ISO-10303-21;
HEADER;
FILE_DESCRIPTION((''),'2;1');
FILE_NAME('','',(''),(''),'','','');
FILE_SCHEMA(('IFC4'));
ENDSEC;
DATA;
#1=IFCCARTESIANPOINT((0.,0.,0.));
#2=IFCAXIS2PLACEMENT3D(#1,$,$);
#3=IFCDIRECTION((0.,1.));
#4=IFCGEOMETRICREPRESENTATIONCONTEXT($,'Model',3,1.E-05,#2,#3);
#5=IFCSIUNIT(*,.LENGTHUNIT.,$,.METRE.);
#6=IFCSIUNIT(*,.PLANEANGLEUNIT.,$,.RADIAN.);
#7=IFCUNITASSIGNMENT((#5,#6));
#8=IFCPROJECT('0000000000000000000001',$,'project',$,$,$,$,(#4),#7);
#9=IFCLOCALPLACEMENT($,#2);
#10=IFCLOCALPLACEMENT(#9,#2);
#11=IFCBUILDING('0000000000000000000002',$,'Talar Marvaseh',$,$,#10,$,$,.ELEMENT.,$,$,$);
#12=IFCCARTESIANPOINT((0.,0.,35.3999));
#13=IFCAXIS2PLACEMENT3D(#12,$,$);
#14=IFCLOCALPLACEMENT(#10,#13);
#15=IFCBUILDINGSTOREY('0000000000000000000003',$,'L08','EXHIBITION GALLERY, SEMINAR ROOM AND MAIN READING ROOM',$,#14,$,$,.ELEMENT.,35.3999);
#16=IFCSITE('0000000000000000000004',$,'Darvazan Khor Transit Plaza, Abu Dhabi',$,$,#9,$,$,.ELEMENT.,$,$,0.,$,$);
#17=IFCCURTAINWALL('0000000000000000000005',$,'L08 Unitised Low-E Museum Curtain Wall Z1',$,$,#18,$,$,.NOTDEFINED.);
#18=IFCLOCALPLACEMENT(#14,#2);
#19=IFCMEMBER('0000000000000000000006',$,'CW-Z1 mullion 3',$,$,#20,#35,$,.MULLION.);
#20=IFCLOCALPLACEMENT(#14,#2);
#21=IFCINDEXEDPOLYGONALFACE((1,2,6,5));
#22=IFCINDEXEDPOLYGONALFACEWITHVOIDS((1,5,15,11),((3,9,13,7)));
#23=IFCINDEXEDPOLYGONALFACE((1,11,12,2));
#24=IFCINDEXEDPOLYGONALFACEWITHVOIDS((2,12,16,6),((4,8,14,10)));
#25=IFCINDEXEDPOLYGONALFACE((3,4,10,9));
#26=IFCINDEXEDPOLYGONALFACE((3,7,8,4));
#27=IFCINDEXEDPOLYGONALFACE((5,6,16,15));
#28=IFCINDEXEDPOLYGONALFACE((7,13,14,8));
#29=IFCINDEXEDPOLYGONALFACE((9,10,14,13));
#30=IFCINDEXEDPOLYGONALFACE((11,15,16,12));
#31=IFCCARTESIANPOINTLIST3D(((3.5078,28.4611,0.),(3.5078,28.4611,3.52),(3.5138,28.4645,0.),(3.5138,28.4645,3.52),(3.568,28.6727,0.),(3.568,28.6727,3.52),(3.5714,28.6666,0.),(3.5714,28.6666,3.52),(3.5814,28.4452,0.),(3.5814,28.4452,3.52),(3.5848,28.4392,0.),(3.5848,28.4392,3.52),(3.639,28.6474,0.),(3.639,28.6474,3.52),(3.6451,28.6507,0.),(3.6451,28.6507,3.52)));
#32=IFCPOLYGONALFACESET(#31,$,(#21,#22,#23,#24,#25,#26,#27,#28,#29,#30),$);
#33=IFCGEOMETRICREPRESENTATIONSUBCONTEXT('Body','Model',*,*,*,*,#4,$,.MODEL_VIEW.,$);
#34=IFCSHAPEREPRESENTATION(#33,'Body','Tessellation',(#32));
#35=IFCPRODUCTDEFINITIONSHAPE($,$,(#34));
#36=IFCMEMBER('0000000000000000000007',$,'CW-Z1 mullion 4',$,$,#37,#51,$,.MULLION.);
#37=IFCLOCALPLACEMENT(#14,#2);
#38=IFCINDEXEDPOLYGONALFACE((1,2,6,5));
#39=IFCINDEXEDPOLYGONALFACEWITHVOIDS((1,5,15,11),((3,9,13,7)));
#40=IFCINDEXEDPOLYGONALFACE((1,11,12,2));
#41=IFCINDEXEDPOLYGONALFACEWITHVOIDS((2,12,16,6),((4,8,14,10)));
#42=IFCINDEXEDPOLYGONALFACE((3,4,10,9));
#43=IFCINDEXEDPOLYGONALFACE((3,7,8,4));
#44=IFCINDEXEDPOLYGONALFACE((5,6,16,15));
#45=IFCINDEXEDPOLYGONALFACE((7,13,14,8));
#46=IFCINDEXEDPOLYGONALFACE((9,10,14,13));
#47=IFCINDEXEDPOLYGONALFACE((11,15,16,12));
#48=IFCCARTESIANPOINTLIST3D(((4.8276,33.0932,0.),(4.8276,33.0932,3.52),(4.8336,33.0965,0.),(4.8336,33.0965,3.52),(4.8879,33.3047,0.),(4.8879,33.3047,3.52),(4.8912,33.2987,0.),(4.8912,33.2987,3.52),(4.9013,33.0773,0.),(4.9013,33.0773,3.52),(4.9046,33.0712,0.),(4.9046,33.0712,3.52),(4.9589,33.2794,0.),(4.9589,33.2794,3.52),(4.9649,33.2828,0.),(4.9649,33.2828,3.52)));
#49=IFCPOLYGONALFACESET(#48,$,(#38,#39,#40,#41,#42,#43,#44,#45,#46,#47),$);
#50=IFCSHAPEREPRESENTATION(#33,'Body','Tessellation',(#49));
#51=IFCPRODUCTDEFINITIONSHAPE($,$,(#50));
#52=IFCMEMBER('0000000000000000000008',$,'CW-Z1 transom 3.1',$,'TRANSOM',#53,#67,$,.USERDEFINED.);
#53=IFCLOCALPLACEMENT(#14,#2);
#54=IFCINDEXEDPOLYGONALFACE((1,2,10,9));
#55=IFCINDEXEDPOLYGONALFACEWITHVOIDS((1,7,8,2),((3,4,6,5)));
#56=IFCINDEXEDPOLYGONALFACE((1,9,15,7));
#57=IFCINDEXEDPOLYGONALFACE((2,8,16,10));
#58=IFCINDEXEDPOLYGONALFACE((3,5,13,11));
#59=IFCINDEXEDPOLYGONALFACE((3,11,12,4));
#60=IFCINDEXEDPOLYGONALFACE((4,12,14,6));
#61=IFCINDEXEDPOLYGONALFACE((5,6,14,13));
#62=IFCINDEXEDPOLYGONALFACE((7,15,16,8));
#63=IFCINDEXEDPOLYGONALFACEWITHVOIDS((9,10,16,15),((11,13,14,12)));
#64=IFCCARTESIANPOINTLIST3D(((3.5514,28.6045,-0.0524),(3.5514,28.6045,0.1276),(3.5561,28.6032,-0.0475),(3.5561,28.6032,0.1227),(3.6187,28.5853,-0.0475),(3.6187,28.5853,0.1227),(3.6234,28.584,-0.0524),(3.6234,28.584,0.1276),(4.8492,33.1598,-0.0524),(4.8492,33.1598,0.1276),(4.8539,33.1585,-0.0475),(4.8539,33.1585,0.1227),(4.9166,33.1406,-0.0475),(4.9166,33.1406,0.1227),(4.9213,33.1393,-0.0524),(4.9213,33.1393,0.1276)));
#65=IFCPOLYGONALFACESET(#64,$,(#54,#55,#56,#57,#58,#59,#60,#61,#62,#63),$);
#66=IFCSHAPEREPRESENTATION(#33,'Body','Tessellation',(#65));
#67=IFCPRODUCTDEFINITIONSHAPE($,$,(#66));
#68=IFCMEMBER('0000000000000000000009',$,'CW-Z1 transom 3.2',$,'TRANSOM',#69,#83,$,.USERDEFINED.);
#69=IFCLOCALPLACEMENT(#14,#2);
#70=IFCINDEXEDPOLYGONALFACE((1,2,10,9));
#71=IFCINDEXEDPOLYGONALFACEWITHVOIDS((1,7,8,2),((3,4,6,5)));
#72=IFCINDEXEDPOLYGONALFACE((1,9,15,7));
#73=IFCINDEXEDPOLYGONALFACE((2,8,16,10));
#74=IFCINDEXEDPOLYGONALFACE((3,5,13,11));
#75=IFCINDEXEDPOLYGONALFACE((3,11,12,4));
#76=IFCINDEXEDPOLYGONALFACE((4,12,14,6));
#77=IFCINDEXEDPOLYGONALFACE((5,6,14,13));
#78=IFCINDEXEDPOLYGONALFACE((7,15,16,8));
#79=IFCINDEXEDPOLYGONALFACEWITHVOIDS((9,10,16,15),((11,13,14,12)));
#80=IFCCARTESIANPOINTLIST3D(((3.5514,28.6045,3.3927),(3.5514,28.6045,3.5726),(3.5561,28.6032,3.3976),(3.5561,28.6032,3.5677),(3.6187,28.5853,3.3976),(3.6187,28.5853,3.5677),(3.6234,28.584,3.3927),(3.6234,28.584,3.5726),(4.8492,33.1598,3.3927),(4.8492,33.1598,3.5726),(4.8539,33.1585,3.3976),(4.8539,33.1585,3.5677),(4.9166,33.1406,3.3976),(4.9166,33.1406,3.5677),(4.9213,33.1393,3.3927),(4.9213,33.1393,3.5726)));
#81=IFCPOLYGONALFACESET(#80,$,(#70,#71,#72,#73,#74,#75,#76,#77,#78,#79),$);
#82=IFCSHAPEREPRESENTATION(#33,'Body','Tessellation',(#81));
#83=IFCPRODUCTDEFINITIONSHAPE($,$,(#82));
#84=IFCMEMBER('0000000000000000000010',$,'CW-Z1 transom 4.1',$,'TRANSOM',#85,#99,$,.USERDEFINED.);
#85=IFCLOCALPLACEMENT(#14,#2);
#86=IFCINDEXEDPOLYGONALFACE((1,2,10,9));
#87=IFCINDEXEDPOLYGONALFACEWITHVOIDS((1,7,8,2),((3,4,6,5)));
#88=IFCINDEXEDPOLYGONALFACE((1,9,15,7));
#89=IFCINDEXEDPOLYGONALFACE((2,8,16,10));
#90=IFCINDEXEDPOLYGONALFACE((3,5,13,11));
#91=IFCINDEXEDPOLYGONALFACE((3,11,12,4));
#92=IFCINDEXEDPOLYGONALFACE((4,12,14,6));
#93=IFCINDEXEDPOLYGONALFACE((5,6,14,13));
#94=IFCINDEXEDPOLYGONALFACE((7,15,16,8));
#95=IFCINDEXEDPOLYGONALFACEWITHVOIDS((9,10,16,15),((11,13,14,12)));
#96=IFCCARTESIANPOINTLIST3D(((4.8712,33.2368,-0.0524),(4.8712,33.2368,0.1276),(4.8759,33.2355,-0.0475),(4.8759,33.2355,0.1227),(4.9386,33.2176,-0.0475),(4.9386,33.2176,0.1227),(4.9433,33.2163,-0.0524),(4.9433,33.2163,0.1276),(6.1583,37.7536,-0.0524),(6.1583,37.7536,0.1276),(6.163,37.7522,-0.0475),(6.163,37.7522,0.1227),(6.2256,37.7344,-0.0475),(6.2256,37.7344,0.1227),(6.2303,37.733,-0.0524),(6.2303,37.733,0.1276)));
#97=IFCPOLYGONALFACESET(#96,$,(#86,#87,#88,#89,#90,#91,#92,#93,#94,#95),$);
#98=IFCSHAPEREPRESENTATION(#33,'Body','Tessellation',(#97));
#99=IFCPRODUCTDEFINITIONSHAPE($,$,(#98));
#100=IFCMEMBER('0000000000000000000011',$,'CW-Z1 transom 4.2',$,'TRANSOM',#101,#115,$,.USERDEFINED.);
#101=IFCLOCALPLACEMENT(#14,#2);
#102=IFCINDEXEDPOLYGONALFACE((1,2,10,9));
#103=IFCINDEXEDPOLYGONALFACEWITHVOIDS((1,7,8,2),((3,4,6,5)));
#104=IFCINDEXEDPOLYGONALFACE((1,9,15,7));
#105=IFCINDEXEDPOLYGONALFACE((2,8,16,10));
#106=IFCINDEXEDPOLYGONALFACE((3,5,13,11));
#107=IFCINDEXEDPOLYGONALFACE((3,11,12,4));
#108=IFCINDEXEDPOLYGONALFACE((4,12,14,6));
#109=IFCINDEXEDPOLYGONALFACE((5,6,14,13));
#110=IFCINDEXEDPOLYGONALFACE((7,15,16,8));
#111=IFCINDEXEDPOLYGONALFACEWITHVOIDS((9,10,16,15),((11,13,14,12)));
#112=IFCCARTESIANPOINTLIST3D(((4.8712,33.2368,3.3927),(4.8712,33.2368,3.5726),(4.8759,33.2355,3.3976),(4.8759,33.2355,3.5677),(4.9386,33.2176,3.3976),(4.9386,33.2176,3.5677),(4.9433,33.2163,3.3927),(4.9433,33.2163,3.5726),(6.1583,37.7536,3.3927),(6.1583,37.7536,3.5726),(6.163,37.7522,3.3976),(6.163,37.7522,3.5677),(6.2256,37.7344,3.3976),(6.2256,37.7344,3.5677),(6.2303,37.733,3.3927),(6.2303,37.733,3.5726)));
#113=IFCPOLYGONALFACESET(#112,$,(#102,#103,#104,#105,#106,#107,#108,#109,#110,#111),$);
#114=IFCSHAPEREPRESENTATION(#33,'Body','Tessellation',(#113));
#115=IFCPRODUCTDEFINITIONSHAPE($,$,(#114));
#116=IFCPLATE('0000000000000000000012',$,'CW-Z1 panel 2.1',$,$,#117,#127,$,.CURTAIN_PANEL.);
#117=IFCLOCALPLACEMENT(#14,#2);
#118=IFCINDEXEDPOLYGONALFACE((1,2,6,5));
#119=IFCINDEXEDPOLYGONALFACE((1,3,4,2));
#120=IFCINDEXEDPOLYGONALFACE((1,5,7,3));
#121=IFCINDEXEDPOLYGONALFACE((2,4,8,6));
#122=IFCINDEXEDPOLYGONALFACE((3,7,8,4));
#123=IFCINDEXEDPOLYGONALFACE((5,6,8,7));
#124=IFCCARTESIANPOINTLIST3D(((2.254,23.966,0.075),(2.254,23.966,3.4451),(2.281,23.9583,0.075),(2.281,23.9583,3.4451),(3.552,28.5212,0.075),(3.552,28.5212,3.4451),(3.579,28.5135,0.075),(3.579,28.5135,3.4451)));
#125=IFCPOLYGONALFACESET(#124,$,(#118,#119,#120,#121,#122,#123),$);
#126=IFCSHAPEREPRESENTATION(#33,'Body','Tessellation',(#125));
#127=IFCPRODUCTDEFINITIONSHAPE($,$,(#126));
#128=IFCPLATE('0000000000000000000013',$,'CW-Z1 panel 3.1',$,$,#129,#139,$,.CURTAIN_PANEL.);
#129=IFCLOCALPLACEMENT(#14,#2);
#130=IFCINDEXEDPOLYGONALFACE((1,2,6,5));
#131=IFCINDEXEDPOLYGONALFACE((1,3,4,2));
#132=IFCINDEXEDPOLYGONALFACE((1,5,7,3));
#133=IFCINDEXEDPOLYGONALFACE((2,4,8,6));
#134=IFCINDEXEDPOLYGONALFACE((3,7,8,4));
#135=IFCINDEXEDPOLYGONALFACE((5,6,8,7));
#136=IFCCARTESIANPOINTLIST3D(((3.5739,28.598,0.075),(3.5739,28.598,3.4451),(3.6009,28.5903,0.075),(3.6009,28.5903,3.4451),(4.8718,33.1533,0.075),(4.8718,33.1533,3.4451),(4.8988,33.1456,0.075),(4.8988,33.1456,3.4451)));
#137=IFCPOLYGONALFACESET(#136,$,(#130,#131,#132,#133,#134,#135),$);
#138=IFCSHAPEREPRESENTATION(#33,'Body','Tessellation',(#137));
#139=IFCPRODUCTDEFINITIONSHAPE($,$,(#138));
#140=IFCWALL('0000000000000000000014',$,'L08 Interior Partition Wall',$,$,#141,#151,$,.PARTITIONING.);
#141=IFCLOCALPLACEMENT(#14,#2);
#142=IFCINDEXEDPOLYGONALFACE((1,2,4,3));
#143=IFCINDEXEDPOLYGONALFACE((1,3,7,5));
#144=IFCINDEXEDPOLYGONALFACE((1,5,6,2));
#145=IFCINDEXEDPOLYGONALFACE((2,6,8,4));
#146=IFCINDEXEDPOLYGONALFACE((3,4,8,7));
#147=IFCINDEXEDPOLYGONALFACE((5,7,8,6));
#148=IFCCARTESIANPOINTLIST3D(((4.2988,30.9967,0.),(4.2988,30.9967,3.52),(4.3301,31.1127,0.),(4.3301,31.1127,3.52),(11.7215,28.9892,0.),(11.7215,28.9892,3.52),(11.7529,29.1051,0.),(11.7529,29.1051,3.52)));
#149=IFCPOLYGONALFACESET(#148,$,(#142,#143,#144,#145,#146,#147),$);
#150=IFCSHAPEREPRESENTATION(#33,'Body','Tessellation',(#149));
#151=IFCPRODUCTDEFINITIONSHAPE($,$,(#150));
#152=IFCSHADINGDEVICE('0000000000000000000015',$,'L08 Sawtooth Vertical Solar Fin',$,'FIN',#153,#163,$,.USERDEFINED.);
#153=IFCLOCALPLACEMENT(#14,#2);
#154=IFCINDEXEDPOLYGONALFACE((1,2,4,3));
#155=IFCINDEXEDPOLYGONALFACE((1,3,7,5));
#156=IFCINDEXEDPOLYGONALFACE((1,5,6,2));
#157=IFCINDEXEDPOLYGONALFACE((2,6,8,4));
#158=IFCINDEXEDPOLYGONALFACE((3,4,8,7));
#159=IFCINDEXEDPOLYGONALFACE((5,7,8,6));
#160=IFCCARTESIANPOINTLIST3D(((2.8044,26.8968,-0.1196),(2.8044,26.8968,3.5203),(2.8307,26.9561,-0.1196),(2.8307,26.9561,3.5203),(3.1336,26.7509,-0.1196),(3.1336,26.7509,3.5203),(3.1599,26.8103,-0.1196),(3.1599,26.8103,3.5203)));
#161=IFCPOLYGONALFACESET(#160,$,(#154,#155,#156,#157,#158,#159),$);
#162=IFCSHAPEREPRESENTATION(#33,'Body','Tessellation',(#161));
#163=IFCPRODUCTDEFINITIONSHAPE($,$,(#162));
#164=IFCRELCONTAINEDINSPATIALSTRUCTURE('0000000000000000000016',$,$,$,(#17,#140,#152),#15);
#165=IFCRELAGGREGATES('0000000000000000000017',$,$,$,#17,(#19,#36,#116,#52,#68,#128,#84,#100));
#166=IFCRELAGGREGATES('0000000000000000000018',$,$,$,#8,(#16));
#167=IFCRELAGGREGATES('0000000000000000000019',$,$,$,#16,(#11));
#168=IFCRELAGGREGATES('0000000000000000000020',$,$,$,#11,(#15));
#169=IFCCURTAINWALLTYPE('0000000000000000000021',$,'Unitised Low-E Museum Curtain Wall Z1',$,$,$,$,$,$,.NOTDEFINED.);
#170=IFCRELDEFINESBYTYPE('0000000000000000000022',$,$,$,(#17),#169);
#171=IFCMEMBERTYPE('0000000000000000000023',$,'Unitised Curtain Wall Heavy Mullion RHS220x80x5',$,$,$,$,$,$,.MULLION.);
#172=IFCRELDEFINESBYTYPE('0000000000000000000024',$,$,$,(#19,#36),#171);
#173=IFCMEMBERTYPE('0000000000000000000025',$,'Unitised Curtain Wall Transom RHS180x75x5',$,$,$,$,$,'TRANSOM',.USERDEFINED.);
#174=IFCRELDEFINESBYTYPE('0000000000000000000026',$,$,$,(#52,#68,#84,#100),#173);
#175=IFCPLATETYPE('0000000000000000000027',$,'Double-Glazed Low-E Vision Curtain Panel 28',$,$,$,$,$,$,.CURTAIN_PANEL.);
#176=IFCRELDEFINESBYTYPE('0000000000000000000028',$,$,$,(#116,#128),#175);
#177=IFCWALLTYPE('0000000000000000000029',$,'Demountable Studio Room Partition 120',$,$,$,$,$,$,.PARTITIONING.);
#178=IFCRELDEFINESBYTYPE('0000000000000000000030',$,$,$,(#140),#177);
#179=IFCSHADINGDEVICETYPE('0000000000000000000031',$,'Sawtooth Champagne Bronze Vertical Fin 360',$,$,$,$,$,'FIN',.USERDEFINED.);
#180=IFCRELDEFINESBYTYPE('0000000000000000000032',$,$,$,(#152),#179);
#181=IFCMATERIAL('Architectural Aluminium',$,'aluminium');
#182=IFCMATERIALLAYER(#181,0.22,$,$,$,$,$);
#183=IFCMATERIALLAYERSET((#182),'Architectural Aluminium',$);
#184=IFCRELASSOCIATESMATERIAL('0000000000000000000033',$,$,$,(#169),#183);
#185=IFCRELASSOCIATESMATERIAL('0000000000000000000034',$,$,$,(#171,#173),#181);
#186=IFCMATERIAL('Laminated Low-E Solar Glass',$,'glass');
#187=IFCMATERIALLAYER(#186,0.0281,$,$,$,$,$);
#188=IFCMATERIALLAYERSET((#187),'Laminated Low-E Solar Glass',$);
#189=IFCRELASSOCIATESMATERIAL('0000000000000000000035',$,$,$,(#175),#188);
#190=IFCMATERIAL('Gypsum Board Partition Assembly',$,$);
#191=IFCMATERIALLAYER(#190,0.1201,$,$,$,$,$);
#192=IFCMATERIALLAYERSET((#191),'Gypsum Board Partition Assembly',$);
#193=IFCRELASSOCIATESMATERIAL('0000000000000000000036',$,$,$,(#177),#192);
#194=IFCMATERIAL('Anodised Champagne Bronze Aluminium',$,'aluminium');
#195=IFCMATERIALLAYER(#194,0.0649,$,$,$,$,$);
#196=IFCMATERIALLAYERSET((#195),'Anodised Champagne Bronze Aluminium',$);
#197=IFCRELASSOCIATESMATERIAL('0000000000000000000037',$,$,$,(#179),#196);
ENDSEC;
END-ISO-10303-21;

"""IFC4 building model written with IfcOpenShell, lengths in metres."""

from ifc_helpers import new_model, si_unit, direction, frame, frame_2d, origin, origin_2d, place, context, subcontext, project, spatial, rectangle, hollow_rectangle, extrude, source, transform, mapped, material, layer, layer_set, material_profile, profile_set, type_object, type_shapes, element, aggregate, save


model = new_model("IFC4")

# Units and contexts
model_context = context("Model", 3, precision=1e-05, world=origin(), true_north=direction((0.0, 1.0)))
body_context = subcontext(model_context, "Body", "Model", "MODEL_VIEW")
ifc_project = project(units=[si_unit("LENGTHUNIT", "METRE"), si_unit("PLANEANGLEUNIT", "RADIAN")], contexts=[model_context])

# Site, building, storey
site_placement = place(None, origin())
site = spatial("IfcSite", under=ifc_project, at=site_placement, Name="Darvazan Khor Transit Plaza, Abu Dhabi", CompositionType="ELEMENT", RefElevation=0.0)
building_placement = place(site_placement, origin())
building = spatial("IfcBuilding", under=site, at=building_placement, Name="Talar Marvaseh", CompositionType="ELEMENT")
storey_placement = place(building_placement, frame((0.0, 0.0, 35.3999)))
storey = spatial("IfcBuildingStorey", under=building, at=storey_placement, Name="L08", Description="EXHIBITION GALLERY, SEMINAR ROOM AND MAIN READING ROOM", CompositionType="ELEMENT", Elevation=35.3999)

# Curtain wall, members, plates
ifc_material_1 = material(Name="Architectural Aluminium", Category="aluminium")
ifc_layer_1 = layer(ifc_material_1, 0.22)
ifc_layer_set_1 = layer_set([ifc_layer_1], Name="Architectural Aluminium")
curtain_wall_type = type_object("IfcCurtainWallType", Name="Unitised Low-E Museum Curtain Wall Z1", PredefinedType="NOTDEFINED", material=ifc_layer_set_1)
curtain_wall_placement = place(storey_placement, origin())
curtain_wall = element("IfcCurtainWall", 1, at=curtain_wall_placement, inside=storey, type_object=curtain_wall_type, Name="L08 Unitised Low-E Museum Curtain Wall Z1", PredefinedType="NOTDEFINED")
ifc_material_profile_1 = material_profile(ifc_material_1, hollow_rectangle(XDim=0.0801, YDim=0.22, WallThickness=0.0049, at=origin_2d()), Name="RHS220x80x5")
ifc_profile_set_1 = profile_set([ifc_material_profile_1], Name="Architectural Aluminium")
member_type_1 = type_object("IfcMemberType", Name="Unitised Curtain Wall Heavy Mullion RHS220x80x5", PredefinedType="MULLION", material=ifc_profile_set_1)
shared_shape_1 = source(origin(), body_context, "Body", "SweptSolid", [
    extrude(hollow_rectangle(XDim=0.0801, YDim=0.22, WallThickness=0.0049, at=origin_2d()), origin(), (0.0, 0.0, 1.0), 3.52),
])
type_shapes(member_type_1, [shared_shape_1])
member_1_placement = place(storey_placement, frame((3.5764, 28.5559, 0.0), z_axis=(0.0, 0.0, 1.0), x_axis=(-0.961722, 0.274025, 0.0)))
member_1 = element("IfcMember", 2, at=member_1_placement, type_object=member_type_1, Name="CW-Z1 mullion 3", PredefinedType="MULLION", context=body_context, shape_type="MappedRepresentation", body=[
    mapped(shared_shape_1, transform((0.0, 0.0, 0.0), x_axis=(1.0, 0.0, 0.0), y_axis=(0.0, 1.0, 0.0), z_axis=(0.0, 0.0, 1.0), scale=1.0)),
])
member_2_placement = place(storey_placement, frame((4.8962, 33.188, 0.0), z_axis=(0.0, 0.0, 1.0), x_axis=(-0.961722, 0.274025, 0.0)))
member_2 = element("IfcMember", 3, at=member_2_placement, type_object=member_type_1, Name="CW-Z1 mullion 4", PredefinedType="MULLION", context=body_context, shape_type="MappedRepresentation", body=[
    mapped(shared_shape_1, transform((0.0, 0.0, 0.0), x_axis=(1.0, 0.0, 0.0), y_axis=(0.0, 1.0, 0.0), z_axis=(0.0, 0.0, 1.0), scale=1.0)),
])
ifc_material_profile_2 = material_profile(ifc_material_1, hollow_rectangle(XDim=0.075, YDim=0.1799, WallThickness=0.0049, at=origin_2d()), Name="RHS180x75x5")
ifc_profile_set_2 = profile_set([ifc_material_profile_2], Name="Architectural Aluminium")
member_type_2 = type_object("IfcMemberType", Name="Unitised Curtain Wall Transom RHS180x75x5", ElementType="TRANSOM", PredefinedType="USERDEFINED", material=ifc_profile_set_2)
shared_shape_2 = source(origin(), body_context, "Body", "SweptSolid", [
    extrude(hollow_rectangle(XDim=0.075, YDim=0.1799, WallThickness=0.0049, at=origin_2d()), origin(), (0.0, 0.0, 1.0), 4.7366),
])
member_3_placement = place(storey_placement, frame((3.5874, 28.5942, 0.0376), z_axis=(0.273999, 0.96173, 0.0), x_axis=(-0.96173, 0.273999, 0.0)))
member_3 = element("IfcMember", 4, at=member_3_placement, type_object=member_type_2, Name="CW-Z1 transom 3.1", ObjectType="TRANSOM", PredefinedType="USERDEFINED", context=body_context, shape_type="MappedRepresentation", body=[
    mapped(shared_shape_2, transform((0.0, 0.0, 0.0), x_axis=(1.0, 0.0, 0.0), y_axis=(0.0, 1.0, 0.0), z_axis=(0.0, 0.0, 1.0), scale=1.0)),
])
member_4_placement = place(storey_placement, frame((3.5874, 28.5942, 3.4827), z_axis=(0.273999, 0.96173, 0.0), x_axis=(-0.96173, 0.273999, 0.0)))
member_4 = element("IfcMember", 5, at=member_4_placement, type_object=member_type_2, Name="CW-Z1 transom 3.2", ObjectType="TRANSOM", PredefinedType="USERDEFINED", context=body_context, shape_type="MappedRepresentation", body=[
    mapped(shared_shape_2, transform((0.0, 0.0, 0.0), x_axis=(1.0, 0.0, 0.0), y_axis=(0.0, 1.0, 0.0), z_axis=(0.0, 0.0, 1.0), scale=1.0)),
])
shared_shape_3 = source(origin(), body_context, "Body", "SweptSolid", [
    extrude(hollow_rectangle(XDim=0.075, YDim=0.1799, WallThickness=0.0049, at=origin_2d()), origin(), (0.0, 0.0, 1.0), 4.6965),
])
type_shapes(member_type_2, [shared_shape_2, shared_shape_3])
member_5_placement = place(storey_placement, frame((4.9072, 33.2266, 0.0376), z_axis=(0.274048, 0.961716, 0.0), x_axis=(-0.961716, 0.274048, 0.0)))
member_5 = element("IfcMember", 6, at=member_5_placement, type_object=member_type_2, Name="CW-Z1 transom 4.1", ObjectType="TRANSOM", PredefinedType="USERDEFINED", context=body_context, shape_type="MappedRepresentation", body=[
    mapped(shared_shape_3, transform((0.0, 0.0, 0.0), x_axis=(1.0, 0.0, 0.0), y_axis=(0.0, 1.0, 0.0), z_axis=(0.0, 0.0, 1.0), scale=1.0)),
])
member_6_placement = place(storey_placement, frame((4.9072, 33.2266, 3.4827), z_axis=(0.274048, 0.961716, 0.0), x_axis=(-0.961716, 0.274048, 0.0)))
member_6 = element("IfcMember", 7, at=member_6_placement, type_object=member_type_2, Name="CW-Z1 transom 4.2", ObjectType="TRANSOM", PredefinedType="USERDEFINED", context=body_context, shape_type="MappedRepresentation", body=[
    mapped(shared_shape_3, transform((0.0, 0.0, 0.0), x_axis=(1.0, 0.0, 0.0), y_axis=(0.0, 1.0, 0.0), z_axis=(0.0, 0.0, 1.0), scale=1.0)),
])
ifc_material_2 = material(Name="Laminated Low-E Solar Glass", Category="glass")
ifc_layer_2 = layer(ifc_material_2, 0.0281)
ifc_layer_set_2 = layer_set([ifc_layer_2], Name="Laminated Low-E Solar Glass")
plate_type = type_object("IfcPlateType", Name="Double-Glazed Low-E Vision Curtain Panel 28", PredefinedType="CURTAIN_PANEL", material=ifc_layer_set_2)
shared_shape_4 = source(origin(), body_context, "Body", "SweptSolid", [
    extrude(rectangle(XDim=4.7366, YDim=0.0281, at=origin_2d()), origin(), (0.0, 0.0, 1.0), 3.3701),
])
type_shapes(plate_type, [shared_shape_4])
plate_1_placement = place(storey_placement, frame((2.9165, 26.2397, 0.075), z_axis=(0.0, 0.0, 1.0), x_axis=(0.274025, 0.961722, 0.0)))
plate_1 = element("IfcPlate", 8, at=plate_1_placement, type_object=plate_type, Name="CW-Z1 panel 2.1", PredefinedType="CURTAIN_PANEL", context=body_context, shape_type="MappedRepresentation", body=[
    mapped(shared_shape_4, transform((0.0, 0.0, 0.0), x_axis=(1.0, 0.0, 0.0), y_axis=(0.0, 1.0, 0.0), z_axis=(0.0, 0.0, 1.0), scale=1.0)),
])
plate_2_placement = place(storey_placement, frame((4.2363, 30.8718, 0.075), z_axis=(0.0, 0.0, 1.0), x_axis=(0.274025, 0.961722, 0.0)))
plate_2 = element("IfcPlate", 9, at=plate_2_placement, type_object=plate_type, Name="CW-Z1 panel 3.1", PredefinedType="CURTAIN_PANEL", context=body_context, shape_type="MappedRepresentation", body=[
    mapped(shared_shape_4, transform((0.0, 0.0, 0.0), x_axis=(1.0, 0.0, 0.0), y_axis=(0.0, 1.0, 0.0), z_axis=(0.0, 0.0, 1.0), scale=1.0)),
])
aggregate(curtain_wall, [member_1, member_2, plate_1, member_3, member_4, plate_2, member_5, member_6])

# Wall
ifc_material_3 = material(Name="Gypsum Board Partition Assembly")
ifc_layer_3 = layer(ifc_material_3, 0.1201)
ifc_layer_set_3 = layer_set([ifc_layer_3], Name="Gypsum Board Partition Assembly")
wall_type = type_object("IfcWallType", Name="Demountable Studio Room Partition 120", PredefinedType="PARTITIONING", material=ifc_layer_set_3)
wall_placement = place(storey_placement, frame((4.3145, 31.0547, 0.0), z_axis=(0.0, 0.0, 1.0), x_axis=(0.965318, -0.261078, 0.0)))
element("IfcWall", 10, at=wall_placement, inside=storey, type_object=wall_type, Name="L08 Interior Partition Wall", PredefinedType="PARTITIONING", context=body_context, shape_type="SweptSolid", body=[
    extrude(rectangle(XDim=7.6895, YDim=0.1201, at=frame_2d((3.8447, 0.0))), origin(), (0.0, 0.0, 1.0), 3.52),
])

# Shading device
ifc_material_4 = material(Name="Anodised Champagne Bronze Aluminium", Category="aluminium")
ifc_layer_4 = layer(ifc_material_4, 0.0649)
ifc_layer_set_4 = layer_set([ifc_layer_4], Name="Anodised Champagne Bronze Aluminium")
shading_device_type_1 = type_object("IfcShadingDeviceType", Name="Sawtooth Champagne Bronze Vertical Fin 360", ElementType="FIN", PredefinedType="USERDEFINED", material=ifc_layer_set_4)
shared_shape_5 = source(origin(), body_context, "Body", "SweptSolid", [
    extrude(rectangle(XDim=0.3601, YDim=0.0649, at=origin_2d()), origin(), (0.0, 0.0, 1.0), 3.6399),
])
type_shapes(shading_device_type_1, [shared_shape_5])
shading_device_placement = place(storey_placement, frame((2.9822, 26.8535, -0.1196), z_axis=(0.0, 0.0, 1.0), x_axis=(-0.914254, 0.405142, 0.0)))
element("IfcShadingDevice", 11, at=shading_device_placement, inside=storey, type_object=shading_device_type_1, Name="L08 Sawtooth Vertical Solar Fin", ObjectType="FIN", PredefinedType="USERDEFINED", context=body_context, shape_type="MappedRepresentation", body=[
    mapped(shared_shape_5, transform((0.0, 0.0, 0.0), x_axis=(1.0, 0.0, 0.0), y_axis=(0.0, 1.0, 0.0), z_axis=(0.0, 0.0, 1.0), scale=1.0)),
])

save(model, "model.ifc")
